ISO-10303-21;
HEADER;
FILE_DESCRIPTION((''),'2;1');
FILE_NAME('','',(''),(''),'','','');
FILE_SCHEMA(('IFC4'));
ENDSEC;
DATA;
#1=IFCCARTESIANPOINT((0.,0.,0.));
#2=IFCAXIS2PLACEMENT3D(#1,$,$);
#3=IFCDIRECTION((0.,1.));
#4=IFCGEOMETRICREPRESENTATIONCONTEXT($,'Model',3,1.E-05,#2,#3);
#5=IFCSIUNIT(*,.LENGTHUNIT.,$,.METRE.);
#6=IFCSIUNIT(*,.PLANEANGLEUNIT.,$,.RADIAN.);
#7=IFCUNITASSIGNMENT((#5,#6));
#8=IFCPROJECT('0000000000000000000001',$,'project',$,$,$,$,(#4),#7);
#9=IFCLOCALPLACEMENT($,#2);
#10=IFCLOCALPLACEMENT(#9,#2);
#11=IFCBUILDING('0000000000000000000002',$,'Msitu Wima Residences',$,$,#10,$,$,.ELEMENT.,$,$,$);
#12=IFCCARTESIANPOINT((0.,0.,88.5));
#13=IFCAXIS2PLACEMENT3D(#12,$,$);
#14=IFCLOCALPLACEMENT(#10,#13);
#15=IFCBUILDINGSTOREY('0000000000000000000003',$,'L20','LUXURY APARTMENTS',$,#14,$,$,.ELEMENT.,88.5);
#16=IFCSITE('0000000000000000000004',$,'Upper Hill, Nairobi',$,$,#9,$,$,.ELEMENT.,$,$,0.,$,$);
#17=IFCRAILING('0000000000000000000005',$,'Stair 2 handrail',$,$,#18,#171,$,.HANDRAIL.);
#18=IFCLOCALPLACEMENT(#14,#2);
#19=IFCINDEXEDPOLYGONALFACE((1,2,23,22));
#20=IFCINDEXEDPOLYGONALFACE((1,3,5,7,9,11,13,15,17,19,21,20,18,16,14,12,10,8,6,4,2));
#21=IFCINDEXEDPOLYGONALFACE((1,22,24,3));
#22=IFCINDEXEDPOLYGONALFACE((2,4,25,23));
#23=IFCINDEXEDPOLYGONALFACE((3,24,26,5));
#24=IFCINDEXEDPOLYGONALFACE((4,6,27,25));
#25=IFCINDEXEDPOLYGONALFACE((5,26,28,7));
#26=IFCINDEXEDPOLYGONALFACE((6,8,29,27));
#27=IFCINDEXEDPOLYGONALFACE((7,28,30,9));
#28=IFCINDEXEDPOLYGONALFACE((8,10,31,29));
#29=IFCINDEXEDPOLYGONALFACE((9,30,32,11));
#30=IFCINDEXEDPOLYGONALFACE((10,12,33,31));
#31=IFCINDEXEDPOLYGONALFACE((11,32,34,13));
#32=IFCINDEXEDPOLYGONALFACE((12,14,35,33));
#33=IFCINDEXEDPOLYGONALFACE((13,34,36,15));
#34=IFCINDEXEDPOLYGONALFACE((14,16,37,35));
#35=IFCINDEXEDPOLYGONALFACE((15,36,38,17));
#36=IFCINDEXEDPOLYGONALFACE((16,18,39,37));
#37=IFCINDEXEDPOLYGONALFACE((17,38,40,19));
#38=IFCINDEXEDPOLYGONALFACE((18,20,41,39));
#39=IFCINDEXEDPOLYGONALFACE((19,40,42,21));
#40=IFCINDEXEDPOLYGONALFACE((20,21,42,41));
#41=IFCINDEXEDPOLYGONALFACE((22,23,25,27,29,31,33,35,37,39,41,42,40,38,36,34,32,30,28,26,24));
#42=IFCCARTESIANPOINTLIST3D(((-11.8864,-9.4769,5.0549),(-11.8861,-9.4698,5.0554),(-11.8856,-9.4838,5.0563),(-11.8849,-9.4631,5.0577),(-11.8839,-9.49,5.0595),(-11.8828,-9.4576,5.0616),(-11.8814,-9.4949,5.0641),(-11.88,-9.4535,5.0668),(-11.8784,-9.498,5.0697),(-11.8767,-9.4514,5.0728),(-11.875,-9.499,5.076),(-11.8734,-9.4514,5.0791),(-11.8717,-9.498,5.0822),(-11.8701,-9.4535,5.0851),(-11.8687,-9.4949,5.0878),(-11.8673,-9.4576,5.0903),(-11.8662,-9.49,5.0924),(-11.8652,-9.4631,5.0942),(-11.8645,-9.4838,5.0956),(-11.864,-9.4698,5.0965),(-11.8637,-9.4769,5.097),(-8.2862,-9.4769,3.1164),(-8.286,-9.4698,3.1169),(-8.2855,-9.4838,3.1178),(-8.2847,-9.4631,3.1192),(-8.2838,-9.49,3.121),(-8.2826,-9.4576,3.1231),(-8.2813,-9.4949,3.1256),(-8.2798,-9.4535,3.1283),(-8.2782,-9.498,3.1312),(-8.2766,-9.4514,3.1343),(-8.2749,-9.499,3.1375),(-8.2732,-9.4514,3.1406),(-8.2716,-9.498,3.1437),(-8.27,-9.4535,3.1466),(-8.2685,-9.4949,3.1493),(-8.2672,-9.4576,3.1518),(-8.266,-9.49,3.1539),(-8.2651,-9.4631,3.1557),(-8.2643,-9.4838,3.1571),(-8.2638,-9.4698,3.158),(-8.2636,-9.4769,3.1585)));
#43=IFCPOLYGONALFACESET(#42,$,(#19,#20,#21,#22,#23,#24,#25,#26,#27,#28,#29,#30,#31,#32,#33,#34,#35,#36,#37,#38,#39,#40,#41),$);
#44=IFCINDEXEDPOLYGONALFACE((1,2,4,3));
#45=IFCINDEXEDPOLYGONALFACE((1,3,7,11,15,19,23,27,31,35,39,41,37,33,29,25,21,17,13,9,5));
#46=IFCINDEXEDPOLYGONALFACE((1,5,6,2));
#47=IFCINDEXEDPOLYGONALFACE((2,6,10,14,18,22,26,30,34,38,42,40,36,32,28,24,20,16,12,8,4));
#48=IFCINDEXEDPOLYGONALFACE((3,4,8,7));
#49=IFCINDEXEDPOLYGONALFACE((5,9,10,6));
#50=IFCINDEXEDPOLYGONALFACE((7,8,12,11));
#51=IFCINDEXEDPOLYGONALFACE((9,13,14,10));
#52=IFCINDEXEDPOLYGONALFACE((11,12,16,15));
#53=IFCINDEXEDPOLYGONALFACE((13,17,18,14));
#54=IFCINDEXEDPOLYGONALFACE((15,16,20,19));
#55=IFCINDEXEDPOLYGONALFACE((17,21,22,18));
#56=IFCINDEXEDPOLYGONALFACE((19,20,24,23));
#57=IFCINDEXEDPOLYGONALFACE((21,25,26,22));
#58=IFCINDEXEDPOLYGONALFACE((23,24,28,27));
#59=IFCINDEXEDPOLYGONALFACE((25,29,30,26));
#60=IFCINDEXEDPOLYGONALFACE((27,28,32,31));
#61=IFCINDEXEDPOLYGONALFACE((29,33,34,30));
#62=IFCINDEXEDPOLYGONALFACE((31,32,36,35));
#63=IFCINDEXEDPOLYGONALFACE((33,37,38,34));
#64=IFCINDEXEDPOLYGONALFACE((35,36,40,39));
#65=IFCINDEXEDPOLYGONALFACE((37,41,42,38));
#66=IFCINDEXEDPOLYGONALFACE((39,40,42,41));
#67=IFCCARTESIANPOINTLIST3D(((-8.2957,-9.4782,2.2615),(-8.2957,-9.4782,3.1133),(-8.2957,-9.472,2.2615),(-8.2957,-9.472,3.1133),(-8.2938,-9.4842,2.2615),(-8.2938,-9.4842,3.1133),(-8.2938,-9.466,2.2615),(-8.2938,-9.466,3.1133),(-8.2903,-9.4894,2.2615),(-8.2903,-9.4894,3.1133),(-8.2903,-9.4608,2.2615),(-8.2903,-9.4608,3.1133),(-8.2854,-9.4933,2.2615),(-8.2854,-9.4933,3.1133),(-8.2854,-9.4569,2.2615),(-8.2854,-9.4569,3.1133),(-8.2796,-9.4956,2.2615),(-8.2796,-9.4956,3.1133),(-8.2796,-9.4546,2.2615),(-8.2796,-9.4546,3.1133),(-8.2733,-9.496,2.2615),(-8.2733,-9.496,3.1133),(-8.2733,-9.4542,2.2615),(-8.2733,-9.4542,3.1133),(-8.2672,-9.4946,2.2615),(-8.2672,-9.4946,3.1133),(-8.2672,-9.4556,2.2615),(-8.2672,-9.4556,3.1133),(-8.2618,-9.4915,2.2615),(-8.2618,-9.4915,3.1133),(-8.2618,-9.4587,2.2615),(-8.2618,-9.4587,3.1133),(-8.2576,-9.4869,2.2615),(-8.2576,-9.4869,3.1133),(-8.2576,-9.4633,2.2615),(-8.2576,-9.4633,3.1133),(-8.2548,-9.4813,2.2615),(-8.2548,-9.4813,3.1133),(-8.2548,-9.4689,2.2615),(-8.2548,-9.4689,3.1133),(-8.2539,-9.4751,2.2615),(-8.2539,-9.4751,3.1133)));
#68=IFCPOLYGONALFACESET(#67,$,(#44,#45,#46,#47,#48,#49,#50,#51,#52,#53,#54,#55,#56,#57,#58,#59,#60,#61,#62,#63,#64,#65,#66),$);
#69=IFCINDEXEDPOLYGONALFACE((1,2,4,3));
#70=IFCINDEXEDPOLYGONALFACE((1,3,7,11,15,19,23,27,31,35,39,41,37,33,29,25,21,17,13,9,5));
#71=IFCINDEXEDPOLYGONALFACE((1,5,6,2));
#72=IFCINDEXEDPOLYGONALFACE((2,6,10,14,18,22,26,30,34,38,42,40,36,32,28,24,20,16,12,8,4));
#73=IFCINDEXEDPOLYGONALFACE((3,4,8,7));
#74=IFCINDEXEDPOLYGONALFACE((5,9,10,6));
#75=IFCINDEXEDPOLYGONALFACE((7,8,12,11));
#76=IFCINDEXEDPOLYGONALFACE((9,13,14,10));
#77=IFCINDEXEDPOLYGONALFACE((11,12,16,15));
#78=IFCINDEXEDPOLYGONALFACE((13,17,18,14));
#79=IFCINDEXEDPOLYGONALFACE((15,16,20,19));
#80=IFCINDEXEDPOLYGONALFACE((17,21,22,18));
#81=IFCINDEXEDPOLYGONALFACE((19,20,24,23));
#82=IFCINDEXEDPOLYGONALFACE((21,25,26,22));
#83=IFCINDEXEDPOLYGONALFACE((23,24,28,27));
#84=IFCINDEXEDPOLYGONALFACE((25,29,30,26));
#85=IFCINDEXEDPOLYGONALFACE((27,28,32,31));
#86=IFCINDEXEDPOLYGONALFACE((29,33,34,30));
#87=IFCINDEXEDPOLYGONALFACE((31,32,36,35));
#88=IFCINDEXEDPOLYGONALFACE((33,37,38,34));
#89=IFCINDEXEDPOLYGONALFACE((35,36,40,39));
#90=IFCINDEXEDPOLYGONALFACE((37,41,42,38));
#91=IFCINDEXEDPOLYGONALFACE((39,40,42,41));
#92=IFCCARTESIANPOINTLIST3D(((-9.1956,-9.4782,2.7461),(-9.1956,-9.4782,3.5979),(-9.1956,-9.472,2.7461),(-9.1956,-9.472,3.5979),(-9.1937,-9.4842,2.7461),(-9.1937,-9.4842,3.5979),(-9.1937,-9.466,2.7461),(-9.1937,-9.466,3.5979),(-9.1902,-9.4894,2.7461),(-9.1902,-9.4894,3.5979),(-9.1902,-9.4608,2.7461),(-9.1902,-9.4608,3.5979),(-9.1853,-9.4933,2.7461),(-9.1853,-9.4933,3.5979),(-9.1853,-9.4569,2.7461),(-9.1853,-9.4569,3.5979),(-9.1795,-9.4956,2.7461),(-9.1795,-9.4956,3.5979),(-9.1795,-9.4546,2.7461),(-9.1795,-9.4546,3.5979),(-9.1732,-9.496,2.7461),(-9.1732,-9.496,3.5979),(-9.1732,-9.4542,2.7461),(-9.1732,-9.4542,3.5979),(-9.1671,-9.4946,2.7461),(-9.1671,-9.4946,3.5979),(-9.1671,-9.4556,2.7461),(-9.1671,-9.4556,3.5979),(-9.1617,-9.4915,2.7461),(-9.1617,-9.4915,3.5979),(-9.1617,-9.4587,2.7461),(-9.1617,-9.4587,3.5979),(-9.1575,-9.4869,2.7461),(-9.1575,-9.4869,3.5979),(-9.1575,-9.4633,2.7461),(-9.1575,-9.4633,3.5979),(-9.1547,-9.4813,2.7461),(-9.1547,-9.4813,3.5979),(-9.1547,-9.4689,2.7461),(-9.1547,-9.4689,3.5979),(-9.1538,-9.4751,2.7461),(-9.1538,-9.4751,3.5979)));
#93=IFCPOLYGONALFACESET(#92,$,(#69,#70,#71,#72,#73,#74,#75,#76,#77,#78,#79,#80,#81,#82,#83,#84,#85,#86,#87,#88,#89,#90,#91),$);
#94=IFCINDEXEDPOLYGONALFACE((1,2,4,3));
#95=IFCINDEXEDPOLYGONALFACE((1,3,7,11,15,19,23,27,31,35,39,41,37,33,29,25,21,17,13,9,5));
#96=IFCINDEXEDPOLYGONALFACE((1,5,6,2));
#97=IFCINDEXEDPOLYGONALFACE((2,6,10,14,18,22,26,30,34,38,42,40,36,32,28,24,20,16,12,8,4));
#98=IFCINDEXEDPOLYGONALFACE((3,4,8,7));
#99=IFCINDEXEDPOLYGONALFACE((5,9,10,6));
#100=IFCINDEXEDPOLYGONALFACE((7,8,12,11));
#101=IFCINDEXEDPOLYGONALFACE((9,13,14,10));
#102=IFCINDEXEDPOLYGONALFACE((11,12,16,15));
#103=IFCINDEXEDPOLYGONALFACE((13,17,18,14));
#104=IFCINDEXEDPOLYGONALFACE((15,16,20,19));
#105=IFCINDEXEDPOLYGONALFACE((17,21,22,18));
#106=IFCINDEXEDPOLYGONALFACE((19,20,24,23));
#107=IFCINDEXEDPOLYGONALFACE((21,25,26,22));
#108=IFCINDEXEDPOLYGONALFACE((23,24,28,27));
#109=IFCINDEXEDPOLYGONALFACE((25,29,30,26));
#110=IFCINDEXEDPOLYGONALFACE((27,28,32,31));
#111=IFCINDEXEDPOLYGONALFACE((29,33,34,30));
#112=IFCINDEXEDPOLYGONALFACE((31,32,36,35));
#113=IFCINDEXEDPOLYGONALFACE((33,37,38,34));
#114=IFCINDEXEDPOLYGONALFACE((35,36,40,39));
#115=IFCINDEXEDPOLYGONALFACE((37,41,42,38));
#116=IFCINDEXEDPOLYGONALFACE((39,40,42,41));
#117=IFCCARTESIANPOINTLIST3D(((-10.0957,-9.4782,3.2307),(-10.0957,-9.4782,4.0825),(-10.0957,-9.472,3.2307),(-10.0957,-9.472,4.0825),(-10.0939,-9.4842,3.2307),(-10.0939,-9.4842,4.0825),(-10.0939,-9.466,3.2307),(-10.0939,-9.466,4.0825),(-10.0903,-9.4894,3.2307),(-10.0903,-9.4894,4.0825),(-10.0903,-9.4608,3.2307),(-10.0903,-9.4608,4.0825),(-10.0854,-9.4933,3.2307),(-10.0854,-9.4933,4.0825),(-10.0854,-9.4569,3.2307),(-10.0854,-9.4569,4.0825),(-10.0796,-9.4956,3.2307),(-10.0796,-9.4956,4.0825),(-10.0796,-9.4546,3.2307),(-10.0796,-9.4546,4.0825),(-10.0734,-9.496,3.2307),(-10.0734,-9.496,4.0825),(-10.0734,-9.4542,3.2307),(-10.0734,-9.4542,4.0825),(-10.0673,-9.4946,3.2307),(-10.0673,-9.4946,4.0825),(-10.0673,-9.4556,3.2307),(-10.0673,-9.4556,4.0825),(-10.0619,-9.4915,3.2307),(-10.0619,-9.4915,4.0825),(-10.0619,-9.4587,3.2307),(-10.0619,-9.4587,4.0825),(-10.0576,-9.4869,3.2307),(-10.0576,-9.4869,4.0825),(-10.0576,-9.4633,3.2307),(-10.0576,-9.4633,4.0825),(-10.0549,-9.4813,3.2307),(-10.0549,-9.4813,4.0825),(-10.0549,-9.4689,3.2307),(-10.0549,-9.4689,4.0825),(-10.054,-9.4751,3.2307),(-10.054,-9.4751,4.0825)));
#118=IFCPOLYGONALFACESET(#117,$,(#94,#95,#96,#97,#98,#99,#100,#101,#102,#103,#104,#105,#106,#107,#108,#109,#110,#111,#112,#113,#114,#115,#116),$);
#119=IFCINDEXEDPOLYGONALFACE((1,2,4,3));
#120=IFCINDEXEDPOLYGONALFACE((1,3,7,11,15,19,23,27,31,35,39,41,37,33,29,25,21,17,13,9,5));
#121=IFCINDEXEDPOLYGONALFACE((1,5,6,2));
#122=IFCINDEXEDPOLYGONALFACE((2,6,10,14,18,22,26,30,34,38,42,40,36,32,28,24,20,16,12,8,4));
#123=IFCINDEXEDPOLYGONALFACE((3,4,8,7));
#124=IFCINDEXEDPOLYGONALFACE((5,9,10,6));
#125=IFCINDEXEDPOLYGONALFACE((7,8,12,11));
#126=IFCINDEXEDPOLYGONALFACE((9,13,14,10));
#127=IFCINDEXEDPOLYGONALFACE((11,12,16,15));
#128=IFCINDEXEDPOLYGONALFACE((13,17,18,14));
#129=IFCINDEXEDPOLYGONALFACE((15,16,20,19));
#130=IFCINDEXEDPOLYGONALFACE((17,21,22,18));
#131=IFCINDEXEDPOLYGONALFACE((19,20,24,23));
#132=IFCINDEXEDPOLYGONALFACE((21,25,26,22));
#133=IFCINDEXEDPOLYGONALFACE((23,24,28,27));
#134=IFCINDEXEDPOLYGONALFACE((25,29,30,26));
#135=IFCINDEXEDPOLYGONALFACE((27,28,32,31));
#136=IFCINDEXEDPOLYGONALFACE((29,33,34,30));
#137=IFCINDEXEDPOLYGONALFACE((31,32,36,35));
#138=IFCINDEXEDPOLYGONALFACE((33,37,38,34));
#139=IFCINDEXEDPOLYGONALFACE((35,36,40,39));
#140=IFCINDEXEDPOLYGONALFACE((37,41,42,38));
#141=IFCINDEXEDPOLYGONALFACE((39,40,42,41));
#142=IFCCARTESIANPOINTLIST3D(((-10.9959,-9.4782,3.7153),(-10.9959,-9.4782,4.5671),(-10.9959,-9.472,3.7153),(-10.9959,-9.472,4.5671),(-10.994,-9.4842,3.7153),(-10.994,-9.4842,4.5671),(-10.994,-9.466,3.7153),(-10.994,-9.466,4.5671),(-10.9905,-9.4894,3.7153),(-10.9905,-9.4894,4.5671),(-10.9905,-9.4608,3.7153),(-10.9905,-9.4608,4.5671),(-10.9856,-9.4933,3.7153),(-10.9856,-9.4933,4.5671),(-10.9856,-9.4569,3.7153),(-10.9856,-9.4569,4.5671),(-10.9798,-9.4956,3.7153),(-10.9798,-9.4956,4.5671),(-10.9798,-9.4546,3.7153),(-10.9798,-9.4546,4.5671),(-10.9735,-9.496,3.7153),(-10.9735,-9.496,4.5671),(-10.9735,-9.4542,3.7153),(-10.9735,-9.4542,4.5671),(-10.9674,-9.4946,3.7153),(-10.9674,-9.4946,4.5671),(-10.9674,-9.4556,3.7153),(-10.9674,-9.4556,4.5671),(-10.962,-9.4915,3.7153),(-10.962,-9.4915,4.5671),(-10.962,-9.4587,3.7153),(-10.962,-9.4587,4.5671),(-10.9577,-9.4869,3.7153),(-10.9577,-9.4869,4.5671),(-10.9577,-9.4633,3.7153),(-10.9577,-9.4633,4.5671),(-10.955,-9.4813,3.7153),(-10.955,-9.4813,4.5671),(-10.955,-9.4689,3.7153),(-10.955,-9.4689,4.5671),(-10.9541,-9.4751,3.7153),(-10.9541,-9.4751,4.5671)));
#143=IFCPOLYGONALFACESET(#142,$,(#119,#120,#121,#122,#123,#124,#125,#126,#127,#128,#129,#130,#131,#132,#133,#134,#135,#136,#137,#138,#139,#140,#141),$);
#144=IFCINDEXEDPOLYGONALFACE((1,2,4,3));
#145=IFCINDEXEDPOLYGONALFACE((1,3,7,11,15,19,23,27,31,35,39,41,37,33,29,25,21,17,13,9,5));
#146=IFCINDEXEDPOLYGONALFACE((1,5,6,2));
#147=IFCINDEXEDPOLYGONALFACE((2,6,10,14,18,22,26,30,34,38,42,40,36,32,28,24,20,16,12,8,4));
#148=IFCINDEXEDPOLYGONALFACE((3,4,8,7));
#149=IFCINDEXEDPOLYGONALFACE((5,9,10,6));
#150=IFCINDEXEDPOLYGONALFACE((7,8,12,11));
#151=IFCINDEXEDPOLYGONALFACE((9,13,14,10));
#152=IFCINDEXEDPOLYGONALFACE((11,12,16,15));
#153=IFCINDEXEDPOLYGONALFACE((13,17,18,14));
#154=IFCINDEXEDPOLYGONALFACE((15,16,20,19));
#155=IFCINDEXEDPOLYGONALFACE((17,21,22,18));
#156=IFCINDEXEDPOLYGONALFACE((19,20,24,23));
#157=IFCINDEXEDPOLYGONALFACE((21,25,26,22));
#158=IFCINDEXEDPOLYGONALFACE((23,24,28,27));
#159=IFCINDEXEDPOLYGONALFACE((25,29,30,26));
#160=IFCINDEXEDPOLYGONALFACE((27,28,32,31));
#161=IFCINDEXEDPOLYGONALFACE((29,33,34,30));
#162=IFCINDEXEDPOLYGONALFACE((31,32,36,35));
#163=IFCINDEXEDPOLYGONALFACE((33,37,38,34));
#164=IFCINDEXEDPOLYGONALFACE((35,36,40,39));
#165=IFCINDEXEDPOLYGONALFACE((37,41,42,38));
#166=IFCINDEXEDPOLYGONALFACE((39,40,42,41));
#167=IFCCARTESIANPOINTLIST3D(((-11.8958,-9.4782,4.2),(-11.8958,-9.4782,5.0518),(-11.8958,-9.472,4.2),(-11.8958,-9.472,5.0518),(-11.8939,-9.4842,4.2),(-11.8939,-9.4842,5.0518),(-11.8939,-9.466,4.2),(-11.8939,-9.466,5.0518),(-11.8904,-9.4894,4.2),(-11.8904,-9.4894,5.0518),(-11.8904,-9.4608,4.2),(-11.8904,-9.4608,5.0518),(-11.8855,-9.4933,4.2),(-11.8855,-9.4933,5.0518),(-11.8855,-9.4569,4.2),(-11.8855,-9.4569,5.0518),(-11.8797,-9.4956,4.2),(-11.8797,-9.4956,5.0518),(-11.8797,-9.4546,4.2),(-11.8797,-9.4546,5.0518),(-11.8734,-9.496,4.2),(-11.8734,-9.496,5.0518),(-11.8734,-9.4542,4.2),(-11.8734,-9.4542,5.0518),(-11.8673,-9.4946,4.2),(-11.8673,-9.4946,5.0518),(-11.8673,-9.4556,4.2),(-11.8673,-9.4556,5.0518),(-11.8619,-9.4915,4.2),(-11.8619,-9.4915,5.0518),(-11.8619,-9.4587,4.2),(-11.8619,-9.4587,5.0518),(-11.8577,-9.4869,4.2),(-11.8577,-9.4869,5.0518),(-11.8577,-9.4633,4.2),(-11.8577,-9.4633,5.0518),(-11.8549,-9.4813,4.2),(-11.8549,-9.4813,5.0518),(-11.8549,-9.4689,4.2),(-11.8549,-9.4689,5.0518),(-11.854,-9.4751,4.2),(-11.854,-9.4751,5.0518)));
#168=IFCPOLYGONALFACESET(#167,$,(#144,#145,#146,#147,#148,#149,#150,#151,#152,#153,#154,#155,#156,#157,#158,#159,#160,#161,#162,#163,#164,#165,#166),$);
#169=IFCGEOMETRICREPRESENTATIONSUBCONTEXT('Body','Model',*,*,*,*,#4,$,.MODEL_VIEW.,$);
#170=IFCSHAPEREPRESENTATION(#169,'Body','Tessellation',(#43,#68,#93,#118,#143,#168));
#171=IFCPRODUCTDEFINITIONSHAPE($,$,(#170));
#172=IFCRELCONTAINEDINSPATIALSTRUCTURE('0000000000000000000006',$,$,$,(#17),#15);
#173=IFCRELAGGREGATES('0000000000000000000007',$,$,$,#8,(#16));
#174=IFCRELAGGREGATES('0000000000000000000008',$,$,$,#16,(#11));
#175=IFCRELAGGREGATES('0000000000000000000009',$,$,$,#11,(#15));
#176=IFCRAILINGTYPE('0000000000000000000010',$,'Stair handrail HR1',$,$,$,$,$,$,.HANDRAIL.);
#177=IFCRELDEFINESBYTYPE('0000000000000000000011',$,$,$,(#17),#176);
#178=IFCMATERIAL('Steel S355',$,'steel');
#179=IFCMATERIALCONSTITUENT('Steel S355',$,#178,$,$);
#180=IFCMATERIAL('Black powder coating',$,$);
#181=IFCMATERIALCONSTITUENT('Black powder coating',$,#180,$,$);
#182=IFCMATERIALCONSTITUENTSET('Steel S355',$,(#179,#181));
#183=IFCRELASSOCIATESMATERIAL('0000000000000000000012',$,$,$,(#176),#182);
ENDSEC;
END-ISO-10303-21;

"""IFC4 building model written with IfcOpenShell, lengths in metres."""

from ifc_helpers import new_model, si_unit, direction, frame, origin, origin_2d, place, context, subcontext, project, spatial, circle, extrude, material, constituent, constituent_set, type_object, element, save


model = new_model("IFC4")

# Units and contexts
model_context = context("Model", 3, precision=1e-05, world=origin(), true_north=direction((0.0, 1.0)))
body_context = subcontext(model_context, "Body", "Model", "MODEL_VIEW")
ifc_project = project(units=[si_unit("LENGTHUNIT", "METRE"), si_unit("PLANEANGLEUNIT", "RADIAN")], contexts=[model_context])

# Site, building, storey
site_placement = place(None, origin())
site = spatial("IfcSite", under=ifc_project, at=site_placement, Name="Upper Hill, Nairobi", CompositionType="ELEMENT", RefElevation=0.0)
building_placement = place(site_placement, origin())
building = spatial("IfcBuilding", under=site, at=building_placement, Name="Msitu Wima Residences", CompositionType="ELEMENT")
storey_placement = place(building_placement, frame((0.0, 0.0, 88.5)))
storey = spatial("IfcBuildingStorey", under=building, at=storey_placement, Name="L20", Description="LUXURY APARTMENTS", CompositionType="ELEMENT", Elevation=88.5)

# Railing
ifc_material_1 = material(Name="Steel S355", Category="steel")
ifc_constituent_1 = constituent(ifc_material_1, Name="Steel S355")
ifc_material_2 = material(Name="Black powder coating")
ifc_constituent_2 = constituent(ifc_material_2, Name="Black powder coating")
ifc_constituent_set = constituent_set(constituents=[ifc_constituent_1, ifc_constituent_2], Name="Steel S355")
railing_type = type_object("IfcRailingType", Name="Stair handrail HR1", PredefinedType="HANDRAIL", material=ifc_constituent_set)
railing_placement = place(storey_placement, frame((-8.2749, -9.4751, 2.2615)))
element("IfcRailing", 1, at=railing_placement, inside=storey, type_object=railing_type, Name="Stair 2 handrail", PredefinedType="HANDRAIL", context=body_context, shape_type="SweptSolid", body=[
    extrude(circle(Radius=0.0239, at=origin_2d()), frame((0.0, 0.0, 0.876), z_axis=(-0.880475, 0.0, 0.474093), x_axis=(0.0, -1.0, 0.0)), (0.0, 0.0, 1.0), 4.0889),
    extrude(circle(Radius=0.021, at=origin_2d()), origin(), (0.0, 0.0, 1.0), 0.8518),
    extrude(circle(Radius=0.021, at=origin_2d()), frame((-0.8999, 0.0, 0.4846)), (0.0, 0.0, 1.0), 0.8518),
    extrude(circle(Radius=0.021, at=origin_2d()), frame((-1.8, 0.0, 0.9692)), (0.0, 0.0, 1.0), 0.8518),
    extrude(circle(Radius=0.021, at=origin_2d()), frame((-2.7002, 0.0, 1.4539)), (0.0, 0.0, 1.0), 0.8518),
    extrude(circle(Radius=0.021, at=origin_2d()), frame((-3.6001, 0.0, 1.9385)), (0.0, 0.0, 1.0), 0.8518),
])

save(model, "model.ifc")
